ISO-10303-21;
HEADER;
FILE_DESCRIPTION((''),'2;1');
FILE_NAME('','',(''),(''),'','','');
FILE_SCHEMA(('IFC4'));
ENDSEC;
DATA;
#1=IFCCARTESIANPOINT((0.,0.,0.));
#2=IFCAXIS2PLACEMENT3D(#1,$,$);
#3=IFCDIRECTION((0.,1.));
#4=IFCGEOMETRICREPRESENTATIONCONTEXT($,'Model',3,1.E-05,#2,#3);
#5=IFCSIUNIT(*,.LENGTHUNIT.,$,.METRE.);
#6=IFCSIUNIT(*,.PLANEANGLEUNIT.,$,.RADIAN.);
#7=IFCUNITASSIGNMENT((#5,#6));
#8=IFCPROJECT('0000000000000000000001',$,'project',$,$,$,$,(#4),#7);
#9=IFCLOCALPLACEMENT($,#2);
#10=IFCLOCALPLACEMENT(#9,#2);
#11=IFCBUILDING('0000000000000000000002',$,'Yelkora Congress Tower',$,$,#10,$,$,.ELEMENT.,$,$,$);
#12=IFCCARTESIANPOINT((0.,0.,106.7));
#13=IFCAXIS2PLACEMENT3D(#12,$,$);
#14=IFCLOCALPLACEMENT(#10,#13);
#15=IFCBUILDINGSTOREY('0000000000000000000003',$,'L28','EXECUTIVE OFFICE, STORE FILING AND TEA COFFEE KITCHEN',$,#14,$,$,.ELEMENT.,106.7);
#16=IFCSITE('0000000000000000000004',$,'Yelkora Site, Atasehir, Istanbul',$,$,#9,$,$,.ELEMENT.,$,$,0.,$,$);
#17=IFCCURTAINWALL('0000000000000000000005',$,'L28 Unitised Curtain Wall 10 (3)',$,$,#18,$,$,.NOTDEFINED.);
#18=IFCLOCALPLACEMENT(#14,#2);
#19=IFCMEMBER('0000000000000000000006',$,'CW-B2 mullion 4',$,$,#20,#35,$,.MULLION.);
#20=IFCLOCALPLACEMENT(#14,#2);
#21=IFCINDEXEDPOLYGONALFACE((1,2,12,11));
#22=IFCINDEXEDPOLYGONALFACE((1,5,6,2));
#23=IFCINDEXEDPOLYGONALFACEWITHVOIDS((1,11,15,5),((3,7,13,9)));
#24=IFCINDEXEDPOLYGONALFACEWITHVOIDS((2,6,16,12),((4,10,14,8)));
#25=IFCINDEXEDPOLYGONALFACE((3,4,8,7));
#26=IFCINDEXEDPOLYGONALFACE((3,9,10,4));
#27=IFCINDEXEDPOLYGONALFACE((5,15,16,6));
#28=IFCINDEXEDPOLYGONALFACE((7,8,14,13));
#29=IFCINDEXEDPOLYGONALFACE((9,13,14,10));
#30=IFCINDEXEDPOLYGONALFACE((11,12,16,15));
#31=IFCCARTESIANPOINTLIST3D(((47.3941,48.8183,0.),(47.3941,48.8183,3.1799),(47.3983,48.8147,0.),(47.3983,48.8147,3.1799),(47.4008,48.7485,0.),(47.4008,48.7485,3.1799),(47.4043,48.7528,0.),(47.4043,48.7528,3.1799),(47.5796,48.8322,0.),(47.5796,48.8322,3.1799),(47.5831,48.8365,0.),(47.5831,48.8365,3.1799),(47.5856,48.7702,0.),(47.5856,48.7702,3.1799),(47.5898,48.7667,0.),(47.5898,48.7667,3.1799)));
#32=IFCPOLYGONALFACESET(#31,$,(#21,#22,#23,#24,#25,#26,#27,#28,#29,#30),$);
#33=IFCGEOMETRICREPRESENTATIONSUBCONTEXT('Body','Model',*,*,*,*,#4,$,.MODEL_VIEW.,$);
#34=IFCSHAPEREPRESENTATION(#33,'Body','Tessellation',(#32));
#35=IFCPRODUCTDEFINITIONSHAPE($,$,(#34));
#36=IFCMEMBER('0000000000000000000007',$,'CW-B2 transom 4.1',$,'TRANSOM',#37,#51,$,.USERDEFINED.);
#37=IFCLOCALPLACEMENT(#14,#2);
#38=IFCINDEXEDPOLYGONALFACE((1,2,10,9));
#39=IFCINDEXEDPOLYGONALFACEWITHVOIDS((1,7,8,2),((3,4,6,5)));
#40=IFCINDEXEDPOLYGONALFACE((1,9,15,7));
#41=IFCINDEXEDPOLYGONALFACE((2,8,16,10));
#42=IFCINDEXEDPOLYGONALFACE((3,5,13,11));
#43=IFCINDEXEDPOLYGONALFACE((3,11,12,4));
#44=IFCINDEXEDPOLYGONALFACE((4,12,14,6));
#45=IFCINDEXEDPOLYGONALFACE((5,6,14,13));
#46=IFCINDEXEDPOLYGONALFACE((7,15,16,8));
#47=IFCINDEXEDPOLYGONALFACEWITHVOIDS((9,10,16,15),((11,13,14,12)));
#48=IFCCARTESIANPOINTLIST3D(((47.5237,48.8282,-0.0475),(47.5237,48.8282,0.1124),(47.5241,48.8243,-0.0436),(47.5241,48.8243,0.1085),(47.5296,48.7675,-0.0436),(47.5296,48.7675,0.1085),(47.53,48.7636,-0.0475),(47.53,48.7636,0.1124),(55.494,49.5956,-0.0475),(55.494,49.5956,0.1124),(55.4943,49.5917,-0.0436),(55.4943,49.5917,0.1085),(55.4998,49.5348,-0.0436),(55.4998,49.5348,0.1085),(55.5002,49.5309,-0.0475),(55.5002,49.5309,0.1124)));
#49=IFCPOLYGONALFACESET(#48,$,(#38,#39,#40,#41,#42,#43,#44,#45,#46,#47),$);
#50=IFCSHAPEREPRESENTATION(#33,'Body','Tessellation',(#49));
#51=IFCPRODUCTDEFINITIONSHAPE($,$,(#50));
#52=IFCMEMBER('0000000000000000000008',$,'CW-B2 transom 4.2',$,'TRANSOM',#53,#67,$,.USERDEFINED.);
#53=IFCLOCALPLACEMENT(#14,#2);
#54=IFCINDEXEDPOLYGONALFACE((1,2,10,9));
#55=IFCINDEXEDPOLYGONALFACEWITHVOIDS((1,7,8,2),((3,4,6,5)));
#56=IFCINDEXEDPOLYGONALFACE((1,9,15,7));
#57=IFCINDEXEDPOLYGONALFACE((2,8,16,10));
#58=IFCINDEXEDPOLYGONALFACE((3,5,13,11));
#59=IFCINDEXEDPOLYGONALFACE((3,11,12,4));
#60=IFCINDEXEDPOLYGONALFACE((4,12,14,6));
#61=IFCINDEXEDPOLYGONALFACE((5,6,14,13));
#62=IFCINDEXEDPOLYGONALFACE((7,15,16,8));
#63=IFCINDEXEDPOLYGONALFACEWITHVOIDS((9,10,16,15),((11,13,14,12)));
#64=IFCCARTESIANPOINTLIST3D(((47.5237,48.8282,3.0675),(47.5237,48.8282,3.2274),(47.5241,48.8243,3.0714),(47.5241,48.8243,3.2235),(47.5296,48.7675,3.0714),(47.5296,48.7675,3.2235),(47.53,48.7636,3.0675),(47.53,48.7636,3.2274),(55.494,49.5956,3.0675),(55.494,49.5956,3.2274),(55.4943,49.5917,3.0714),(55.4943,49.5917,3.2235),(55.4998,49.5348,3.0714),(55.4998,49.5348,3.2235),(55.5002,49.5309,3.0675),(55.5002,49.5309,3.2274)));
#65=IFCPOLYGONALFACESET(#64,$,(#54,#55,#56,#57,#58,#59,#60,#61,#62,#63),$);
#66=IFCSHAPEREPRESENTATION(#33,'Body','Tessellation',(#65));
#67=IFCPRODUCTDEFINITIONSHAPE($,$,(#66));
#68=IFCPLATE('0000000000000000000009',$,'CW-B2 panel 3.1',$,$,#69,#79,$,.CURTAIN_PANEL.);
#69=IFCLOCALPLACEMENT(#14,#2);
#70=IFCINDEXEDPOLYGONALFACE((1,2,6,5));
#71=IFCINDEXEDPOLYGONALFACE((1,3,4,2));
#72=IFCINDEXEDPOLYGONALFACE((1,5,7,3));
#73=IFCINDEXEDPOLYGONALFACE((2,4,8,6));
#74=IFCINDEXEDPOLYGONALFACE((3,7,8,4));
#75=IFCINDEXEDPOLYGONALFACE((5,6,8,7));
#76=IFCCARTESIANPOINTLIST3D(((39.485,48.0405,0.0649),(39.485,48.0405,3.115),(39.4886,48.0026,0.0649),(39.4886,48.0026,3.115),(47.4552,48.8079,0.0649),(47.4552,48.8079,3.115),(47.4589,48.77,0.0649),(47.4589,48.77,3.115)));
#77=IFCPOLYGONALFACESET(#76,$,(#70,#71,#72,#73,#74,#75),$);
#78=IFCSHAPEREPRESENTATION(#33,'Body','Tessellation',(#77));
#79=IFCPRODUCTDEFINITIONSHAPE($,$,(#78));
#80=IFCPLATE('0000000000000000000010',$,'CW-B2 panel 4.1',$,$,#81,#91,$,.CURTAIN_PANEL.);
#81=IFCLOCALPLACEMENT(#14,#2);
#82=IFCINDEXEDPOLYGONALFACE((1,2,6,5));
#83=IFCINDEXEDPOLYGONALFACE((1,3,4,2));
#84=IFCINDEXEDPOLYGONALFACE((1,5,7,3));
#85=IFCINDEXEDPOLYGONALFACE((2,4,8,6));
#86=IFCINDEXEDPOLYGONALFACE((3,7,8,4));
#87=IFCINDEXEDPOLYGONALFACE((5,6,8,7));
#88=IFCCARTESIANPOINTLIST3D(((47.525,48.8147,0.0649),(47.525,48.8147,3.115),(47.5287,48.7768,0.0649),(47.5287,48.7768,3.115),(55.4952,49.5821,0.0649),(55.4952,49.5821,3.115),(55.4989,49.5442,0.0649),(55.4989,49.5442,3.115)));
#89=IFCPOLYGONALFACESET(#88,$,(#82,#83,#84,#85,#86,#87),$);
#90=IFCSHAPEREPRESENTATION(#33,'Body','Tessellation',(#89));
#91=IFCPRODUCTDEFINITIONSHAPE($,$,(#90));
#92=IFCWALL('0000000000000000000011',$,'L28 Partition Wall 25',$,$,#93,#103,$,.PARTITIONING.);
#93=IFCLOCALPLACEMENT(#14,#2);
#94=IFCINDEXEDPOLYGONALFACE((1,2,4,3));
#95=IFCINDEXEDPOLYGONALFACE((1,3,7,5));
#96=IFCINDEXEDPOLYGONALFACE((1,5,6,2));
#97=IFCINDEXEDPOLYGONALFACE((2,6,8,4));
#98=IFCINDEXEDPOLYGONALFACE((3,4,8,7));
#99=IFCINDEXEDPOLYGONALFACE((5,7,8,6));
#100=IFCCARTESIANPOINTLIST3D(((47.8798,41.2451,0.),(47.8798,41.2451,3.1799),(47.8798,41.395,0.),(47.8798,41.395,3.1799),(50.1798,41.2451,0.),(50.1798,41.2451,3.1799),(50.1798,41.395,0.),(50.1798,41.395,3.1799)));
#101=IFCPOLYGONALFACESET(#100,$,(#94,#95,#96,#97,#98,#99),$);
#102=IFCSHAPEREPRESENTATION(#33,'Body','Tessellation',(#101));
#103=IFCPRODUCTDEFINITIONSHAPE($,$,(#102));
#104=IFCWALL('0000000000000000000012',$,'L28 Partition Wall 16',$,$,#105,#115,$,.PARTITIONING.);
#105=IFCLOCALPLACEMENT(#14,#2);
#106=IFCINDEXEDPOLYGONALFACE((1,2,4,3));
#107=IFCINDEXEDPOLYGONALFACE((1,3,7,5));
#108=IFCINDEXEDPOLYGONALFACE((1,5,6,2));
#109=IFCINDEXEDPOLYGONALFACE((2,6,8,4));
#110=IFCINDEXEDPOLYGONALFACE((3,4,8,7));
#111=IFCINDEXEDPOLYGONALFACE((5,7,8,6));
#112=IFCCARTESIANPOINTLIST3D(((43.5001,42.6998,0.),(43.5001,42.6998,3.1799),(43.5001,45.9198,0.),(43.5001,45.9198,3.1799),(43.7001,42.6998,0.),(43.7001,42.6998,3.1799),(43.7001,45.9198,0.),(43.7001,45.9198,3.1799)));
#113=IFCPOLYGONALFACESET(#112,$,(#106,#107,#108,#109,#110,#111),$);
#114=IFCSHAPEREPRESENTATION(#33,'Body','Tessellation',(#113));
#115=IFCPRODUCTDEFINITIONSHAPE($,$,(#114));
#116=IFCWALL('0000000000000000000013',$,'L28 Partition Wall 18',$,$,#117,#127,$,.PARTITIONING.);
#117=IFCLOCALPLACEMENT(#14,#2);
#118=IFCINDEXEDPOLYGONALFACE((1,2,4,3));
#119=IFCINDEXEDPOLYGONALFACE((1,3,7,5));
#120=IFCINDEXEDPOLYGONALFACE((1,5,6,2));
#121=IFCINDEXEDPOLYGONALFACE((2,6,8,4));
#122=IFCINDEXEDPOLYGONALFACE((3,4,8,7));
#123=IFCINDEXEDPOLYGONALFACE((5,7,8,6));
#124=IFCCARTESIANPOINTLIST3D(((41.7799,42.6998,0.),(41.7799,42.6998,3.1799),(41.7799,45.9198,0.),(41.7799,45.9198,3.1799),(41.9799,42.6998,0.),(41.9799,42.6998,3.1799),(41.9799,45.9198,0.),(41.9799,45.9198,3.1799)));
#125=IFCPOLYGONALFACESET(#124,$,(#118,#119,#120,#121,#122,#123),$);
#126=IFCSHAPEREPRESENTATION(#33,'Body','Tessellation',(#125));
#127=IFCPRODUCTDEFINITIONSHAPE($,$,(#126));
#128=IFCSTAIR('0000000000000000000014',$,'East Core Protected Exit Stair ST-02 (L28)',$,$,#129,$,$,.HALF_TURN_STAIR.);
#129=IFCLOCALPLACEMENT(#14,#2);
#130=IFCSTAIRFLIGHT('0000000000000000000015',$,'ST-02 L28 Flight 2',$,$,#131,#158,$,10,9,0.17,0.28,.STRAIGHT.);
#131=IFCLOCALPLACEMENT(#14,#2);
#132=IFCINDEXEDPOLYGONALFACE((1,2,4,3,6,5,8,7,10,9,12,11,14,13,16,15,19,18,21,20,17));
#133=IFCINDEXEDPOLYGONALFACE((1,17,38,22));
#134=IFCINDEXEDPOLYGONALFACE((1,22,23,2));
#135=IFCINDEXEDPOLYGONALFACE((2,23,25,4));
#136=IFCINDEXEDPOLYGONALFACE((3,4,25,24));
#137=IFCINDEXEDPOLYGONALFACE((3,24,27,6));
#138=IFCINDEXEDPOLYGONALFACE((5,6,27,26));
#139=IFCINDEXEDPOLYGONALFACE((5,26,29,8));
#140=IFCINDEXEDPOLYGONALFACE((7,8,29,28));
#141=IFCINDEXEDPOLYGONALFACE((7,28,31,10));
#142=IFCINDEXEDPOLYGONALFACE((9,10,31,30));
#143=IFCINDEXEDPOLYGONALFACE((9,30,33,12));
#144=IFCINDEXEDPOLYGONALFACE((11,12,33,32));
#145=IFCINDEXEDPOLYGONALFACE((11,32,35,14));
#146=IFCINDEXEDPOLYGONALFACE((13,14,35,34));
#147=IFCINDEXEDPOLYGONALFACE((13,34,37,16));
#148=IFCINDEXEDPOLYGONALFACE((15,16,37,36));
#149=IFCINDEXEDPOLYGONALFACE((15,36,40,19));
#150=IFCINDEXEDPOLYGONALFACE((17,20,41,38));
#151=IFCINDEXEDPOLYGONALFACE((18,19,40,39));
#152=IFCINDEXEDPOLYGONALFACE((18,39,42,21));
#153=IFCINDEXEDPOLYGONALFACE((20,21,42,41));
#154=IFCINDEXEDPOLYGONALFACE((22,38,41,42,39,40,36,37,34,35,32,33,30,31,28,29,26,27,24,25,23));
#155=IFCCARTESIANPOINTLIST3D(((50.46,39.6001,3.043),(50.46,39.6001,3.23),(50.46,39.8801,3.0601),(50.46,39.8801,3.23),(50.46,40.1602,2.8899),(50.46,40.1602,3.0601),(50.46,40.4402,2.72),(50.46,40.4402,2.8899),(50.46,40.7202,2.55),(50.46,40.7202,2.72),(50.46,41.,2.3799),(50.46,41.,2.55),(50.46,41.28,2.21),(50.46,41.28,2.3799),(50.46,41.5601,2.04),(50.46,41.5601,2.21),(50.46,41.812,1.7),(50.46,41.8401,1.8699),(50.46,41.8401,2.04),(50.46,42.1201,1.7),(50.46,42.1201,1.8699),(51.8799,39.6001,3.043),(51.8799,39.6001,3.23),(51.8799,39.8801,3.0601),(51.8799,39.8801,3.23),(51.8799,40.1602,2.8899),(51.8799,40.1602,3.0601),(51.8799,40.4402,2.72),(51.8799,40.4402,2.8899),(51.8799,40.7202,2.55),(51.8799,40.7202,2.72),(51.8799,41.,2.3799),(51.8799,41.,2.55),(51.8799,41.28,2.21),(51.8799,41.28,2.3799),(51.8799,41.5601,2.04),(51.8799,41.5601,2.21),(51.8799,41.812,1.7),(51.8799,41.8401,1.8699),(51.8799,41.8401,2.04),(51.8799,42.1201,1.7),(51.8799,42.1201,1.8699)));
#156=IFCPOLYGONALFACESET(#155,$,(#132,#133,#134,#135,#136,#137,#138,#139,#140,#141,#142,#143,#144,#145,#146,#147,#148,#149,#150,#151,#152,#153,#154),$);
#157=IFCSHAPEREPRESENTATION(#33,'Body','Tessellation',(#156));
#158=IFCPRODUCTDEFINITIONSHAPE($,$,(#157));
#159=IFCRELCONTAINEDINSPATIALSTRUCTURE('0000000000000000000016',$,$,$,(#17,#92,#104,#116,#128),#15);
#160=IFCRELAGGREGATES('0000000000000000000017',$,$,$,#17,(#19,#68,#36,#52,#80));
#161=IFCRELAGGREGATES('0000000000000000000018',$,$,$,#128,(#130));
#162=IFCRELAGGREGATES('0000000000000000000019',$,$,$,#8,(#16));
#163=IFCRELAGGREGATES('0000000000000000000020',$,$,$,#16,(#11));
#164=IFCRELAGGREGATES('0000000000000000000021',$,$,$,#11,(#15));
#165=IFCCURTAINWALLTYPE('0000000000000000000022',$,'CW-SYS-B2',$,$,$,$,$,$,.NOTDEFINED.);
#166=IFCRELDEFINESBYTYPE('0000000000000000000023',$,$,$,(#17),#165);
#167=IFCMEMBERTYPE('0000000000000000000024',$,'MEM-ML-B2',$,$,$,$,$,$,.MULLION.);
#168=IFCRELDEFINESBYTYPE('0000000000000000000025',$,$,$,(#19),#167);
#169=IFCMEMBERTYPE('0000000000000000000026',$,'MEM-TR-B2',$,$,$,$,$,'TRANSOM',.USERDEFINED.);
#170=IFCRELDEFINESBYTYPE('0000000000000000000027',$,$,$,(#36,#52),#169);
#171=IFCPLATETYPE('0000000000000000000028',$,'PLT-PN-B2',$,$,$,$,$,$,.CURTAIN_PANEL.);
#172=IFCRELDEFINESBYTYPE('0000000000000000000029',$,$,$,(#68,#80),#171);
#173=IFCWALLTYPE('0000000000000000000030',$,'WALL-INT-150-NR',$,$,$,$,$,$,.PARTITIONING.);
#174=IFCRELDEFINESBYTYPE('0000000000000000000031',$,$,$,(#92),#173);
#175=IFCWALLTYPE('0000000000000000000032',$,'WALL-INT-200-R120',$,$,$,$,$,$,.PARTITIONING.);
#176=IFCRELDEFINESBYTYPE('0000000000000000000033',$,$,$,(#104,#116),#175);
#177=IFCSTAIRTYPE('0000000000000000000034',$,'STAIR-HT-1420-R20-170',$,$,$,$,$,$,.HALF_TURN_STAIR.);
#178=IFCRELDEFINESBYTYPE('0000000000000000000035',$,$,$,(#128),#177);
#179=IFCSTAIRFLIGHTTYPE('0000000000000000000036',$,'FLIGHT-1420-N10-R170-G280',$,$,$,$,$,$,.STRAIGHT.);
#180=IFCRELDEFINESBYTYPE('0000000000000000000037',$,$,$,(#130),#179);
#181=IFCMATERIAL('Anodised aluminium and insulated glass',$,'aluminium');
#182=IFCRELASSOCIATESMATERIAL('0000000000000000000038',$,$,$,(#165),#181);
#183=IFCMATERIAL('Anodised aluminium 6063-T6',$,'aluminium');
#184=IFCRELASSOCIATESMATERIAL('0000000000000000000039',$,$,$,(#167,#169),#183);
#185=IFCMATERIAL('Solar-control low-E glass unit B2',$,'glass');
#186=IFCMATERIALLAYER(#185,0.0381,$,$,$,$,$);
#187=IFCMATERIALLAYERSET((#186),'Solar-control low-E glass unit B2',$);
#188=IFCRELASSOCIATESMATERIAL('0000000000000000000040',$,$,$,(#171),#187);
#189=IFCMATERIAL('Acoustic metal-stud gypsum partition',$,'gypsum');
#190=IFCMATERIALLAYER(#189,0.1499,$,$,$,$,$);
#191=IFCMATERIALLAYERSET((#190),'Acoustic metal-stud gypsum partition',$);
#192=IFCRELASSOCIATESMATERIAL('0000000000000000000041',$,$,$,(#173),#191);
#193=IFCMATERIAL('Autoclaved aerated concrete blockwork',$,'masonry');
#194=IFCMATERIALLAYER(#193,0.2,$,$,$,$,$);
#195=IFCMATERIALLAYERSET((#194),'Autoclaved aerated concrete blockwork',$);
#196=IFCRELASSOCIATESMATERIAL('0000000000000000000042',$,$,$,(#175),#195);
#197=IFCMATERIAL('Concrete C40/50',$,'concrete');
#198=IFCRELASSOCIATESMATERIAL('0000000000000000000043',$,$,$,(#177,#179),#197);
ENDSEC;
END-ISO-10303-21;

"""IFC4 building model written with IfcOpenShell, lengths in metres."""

from ifc_helpers import new_model, si_unit, direction, frame, frame_2d, origin, origin_2d, place, context, subcontext, project, spatial, polyline, rectangle, hollow_rectangle, outline, extrude, material, layer, layer_set, material_profile, profile_set, type_object, element, aggregate, save


model = new_model("IFC4")

# Units and contexts
model_context = context("Model", 3, precision=1e-05, world=origin(), true_north=direction((0.0, 1.0)))
body_context = subcontext(model_context, "Body", "Model", "MODEL_VIEW")
ifc_project = project(units=[si_unit("LENGTHUNIT", "METRE"), si_unit("PLANEANGLEUNIT", "RADIAN")], contexts=[model_context])

# Site, building, storey
site_placement = place(None, origin())
site = spatial("IfcSite", under=ifc_project, at=site_placement, Name="Yelkora Site, Atasehir, Istanbul", CompositionType="ELEMENT", RefElevation=0.0)
building_placement = place(site_placement, origin())
building = spatial("IfcBuilding", under=site, at=building_placement, Name="Yelkora Congress Tower", CompositionType="ELEMENT")
storey_placement = place(building_placement, frame((0.0, 0.0, 106.7)))
storey = spatial("IfcBuildingStorey", under=building, at=storey_placement, Name="L28", Description="EXECUTIVE OFFICE, STORE FILING AND TEA COFFEE KITCHEN", CompositionType="ELEMENT", Elevation=106.7)

# Curtain wall, members, plates
ifc_material_1 = material(Name="Anodised aluminium and insulated glass", Category="aluminium")
curtain_wall_type = type_object("IfcCurtainWallType", Name="CW-SYS-B2", PredefinedType="NOTDEFINED", material=ifc_material_1)
curtain_wall_placement = place(storey_placement, origin())
curtain_wall = element("IfcCurtainWall", 1, at=curtain_wall_placement, inside=storey, type_object=curtain_wall_type, Name="L28 Unitised Curtain Wall 10 (3)", PredefinedType="NOTDEFINED")
ifc_material_2 = material(Name="Anodised aluminium 6063-T6", Category="aluminium")
ifc_material_profile_1 = material_profile(ifc_material_2, hollow_rectangle(XDim=0.0701, YDim=0.1899, WallThickness=0.0039, at=origin_2d()), Name="ALU 70x190x4")
ifc_profile_set_1 = profile_set([ifc_material_profile_1], Name="Anodised aluminium 6063-T6")
member_type_1 = type_object("IfcMemberType", Name="MEM-ML-B2", PredefinedType="MULLION", material=ifc_profile_set_1)
member_1_placement = place(storey_placement, frame((47.4919, 48.7925, 0.0), z_axis=(0.0, 0.0, 1.0), x_axis=(-0.095844, 0.995396, 0.0)))
member_1 = element("IfcMember", 2, at=member_1_placement, type_object=member_type_1, Name="CW-B2 mullion 4", PredefinedType="MULLION", context=body_context, shape_type="SweptSolid", body=[
    extrude(hollow_rectangle(XDim=0.0701, YDim=0.1899, WallThickness=0.0039, at=origin_2d()), origin(), (0.0, 0.0, 1.0), 3.1799),
])
ifc_material_profile_2 = material_profile(ifc_material_2, hollow_rectangle(XDim=0.0649, YDim=0.1599, WallThickness=0.0039, at=origin_2d()), Name="ALU 65x160x4")
ifc_profile_set_2 = profile_set([ifc_material_profile_2], Name="Anodised aluminium 6063-T6")
member_type_2 = type_object("IfcMemberType", Name="MEM-TR-B2", ElementType="TRANSOM", PredefinedType="USERDEFINED", material=ifc_profile_set_2)
member_2_placement = place(storey_placement, frame((47.5269, 48.7959, 0.0325), z_axis=(0.995398, 0.095832, 0.0), x_axis=(-0.095832, 0.995398, 0.0)))
member_2 = element("IfcMember", 3, at=member_2_placement, type_object=member_type_2, Name="CW-B2 transom 4.1", ObjectType="TRANSOM", PredefinedType="USERDEFINED", context=body_context, shape_type="SweptSolid", body=[
    extrude(hollow_rectangle(XDim=0.0649, YDim=0.1599, WallThickness=0.0039, at=origin_2d()), origin(), (0.0, 0.0, 1.0), 8.0071),
])
member_3_placement = place(storey_placement, frame((47.5269, 48.7959, 3.1475), z_axis=(0.995398, 0.095832, 0.0), x_axis=(-0.095832, 0.995398, 0.0)))
member_3 = element("IfcMember", 4, at=member_3_placement, type_object=member_type_2, Name="CW-B2 transom 4.2", ObjectType="TRANSOM", PredefinedType="USERDEFINED", context=body_context, shape_type="SweptSolid", body=[
    extrude(hollow_rectangle(XDim=0.0649, YDim=0.1599, WallThickness=0.0039, at=origin_2d()), origin(), (0.0, 0.0, 1.0), 8.0071),
])
ifc_material_3 = material(Name="Solar-control low-E glass unit B2", Category="glass")
ifc_layer_1 = layer(ifc_material_3, 0.0381)
ifc_layer_set_1 = layer_set([ifc_layer_1], Name="Solar-control low-E glass unit B2")
plate_type = type_object("IfcPlateType", Name="PLT-PN-B2", PredefinedType="CURTAIN_PANEL", material=ifc_layer_set_1)
plate_1_placement = place(storey_placement, frame((43.4719, 48.4053, 0.0649), z_axis=(0.0, 0.0, 1.0), x_axis=(0.995396, 0.095844, 0.0)))
plate_1 = element("IfcPlate", 5, at=plate_1_placement, type_object=plate_type, Name="CW-B2 panel 3.1", PredefinedType="CURTAIN_PANEL", context=body_context, shape_type="SweptSolid", body=[
    extrude(rectangle(XDim=8.0071, YDim=0.0381, at=origin_2d()), origin(), (0.0, 0.0, 1.0), 3.05),
])
plate_2_placement = place(storey_placement, frame((51.512, 49.1794, 0.0649), z_axis=(0.0, 0.0, 1.0), x_axis=(0.995396, 0.095844, 0.0)))
plate_2 = element("IfcPlate", 6, at=plate_2_placement, type_object=plate_type, Name="CW-B2 panel 4.1", PredefinedType="CURTAIN_PANEL", context=body_context, shape_type="SweptSolid", body=[
    extrude(rectangle(XDim=8.0071, YDim=0.0381, at=origin_2d()), origin(), (0.0, 0.0, 1.0), 3.05),
])
aggregate(curtain_wall, [member_1, plate_1, member_2, member_3, plate_2])

# Shared definitions
ifc_material_4 = material(Name="Acoustic metal-stud gypsum partition", Category="gypsum")
ifc_layer_2 = layer(ifc_material_4, 0.1499)
ifc_layer_set_2 = layer_set([ifc_layer_2], Name="Acoustic metal-stud gypsum partition")
wall_type_1 = type_object("IfcWallType", Name="WALL-INT-150-NR", PredefinedType="PARTITIONING", material=ifc_layer_set_2)

# Walls
wall_1_placement = place(storey_placement, frame((47.8799, 41.3201, 0.0), z_axis=(0.0, 0.0, 1.0), x_axis=(1.0, 0.0, 0.0)))
element("IfcWall", 7, at=wall_1_placement, inside=storey, type_object=wall_type_1, Name="L28 Partition Wall 25", PredefinedType="PARTITIONING", context=body_context, shape_type="SweptSolid", body=[
    extrude(rectangle(XDim=2.3, YDim=0.1499, at=frame_2d((1.1499, 0.0))), origin(), (0.0, 0.0, 1.0), 3.1799),
])
ifc_material_5 = material(Name="Autoclaved aerated concrete blockwork", Category="masonry")
ifc_layer_3 = layer(ifc_material_5, 0.2)
ifc_layer_set_3 = layer_set([ifc_layer_3], Name="Autoclaved aerated concrete blockwork")
wall_type_2 = type_object("IfcWallType", Name="WALL-INT-200-R120", PredefinedType="PARTITIONING", material=ifc_layer_set_3)
for number, where, z_axis, x_axis, name in (
    (8, (43.6001, 42.7, 0.0), (0.0, 0.0, 1.0), (0.0, 1.0, 0.0), "L28 Partition Wall 16"),
    (9, (41.8799, 42.7, 0.0), (0.0, 0.0, 1.0), (0.0, 1.0, 0.0), "L28 Partition Wall 18"),
):
    element("IfcWall", number, at=place(storey_placement, frame(where, z_axis=z_axis, x_axis=x_axis)), inside=storey, type_object=wall_type_2, Name=name, PredefinedType="PARTITIONING", context=body_context, shape_type="SweptSolid", body=[
        extrude(rectangle(XDim=3.22, YDim=0.2, at=frame_2d((1.6099, 0.0))), origin(), (0.0, 0.0, 1.0), 3.1799),
    ])

# Stair, stair flight
ifc_material_6 = material(Name="Concrete C40/50", Category="concrete")
stair_type = type_object("IfcStairType", Name="STAIR-HT-1420-R20-170", PredefinedType="HALF_TURN_STAIR", material=ifc_material_6)
stair_placement = place(storey_placement, origin())
stair = element("IfcStair", 10, at=stair_placement, inside=storey, type_object=stair_type, Name="East Core Protected Exit Stair ST-02 (L28)", PredefinedType="HALF_TURN_STAIR")
stair_flight_type = type_object("IfcStairFlightType", Name="FLIGHT-1420-N10-R170-G280", PredefinedType="STRAIGHT", material=ifc_material_6)
stair_flight_placement = place(storey_placement, frame((51.1699, 42.1201, 1.7), z_axis=(0.0, 0.0, 1.0), x_axis=(0.0, -1.0, 0.0)))
stair_flight = element("IfcStairFlight", 11, at=stair_flight_placement, type_object=stair_flight_type, Name="ST-02 L28 Flight 2", NumberOfRisers=10, NumberOfTreads=9, PredefinedType="STRAIGHT", RiserHeight=0.17, TreadLength=0.28, context=body_context, shape_type="SweptSolid", body=[
    extrude(outline(polyline([(0.0, 0.0), (0.0, 0.1699), (0.28, 0.1699), (0.28, 0.3401), (0.5601, 0.3401), (0.5601, 0.51), (0.8401, 0.51), (0.8401, 0.6799), (1.1201, 0.6799), (1.1201, 0.8501), (1.3999, 0.8501), (1.3999, 1.02), (1.6799, 1.02), (1.6799, 1.1899), (1.96, 1.1899), (1.96, 1.3601), (2.24, 1.3601), (2.24, 1.53), (2.52, 1.53), (2.52, 1.7), (2.52, 1.343), (0.3081, 0.0), (0.0, 0.0)])), frame((0.0, 0.71, 0.0), z_axis=(0.0, -1.0, 0.0), x_axis=(1.0, 0.0, 0.0)), (0.0, 0.0, 1.0), 1.4199),
])
aggregate(stair, [stair_flight])

save(model, "model.ifc")
